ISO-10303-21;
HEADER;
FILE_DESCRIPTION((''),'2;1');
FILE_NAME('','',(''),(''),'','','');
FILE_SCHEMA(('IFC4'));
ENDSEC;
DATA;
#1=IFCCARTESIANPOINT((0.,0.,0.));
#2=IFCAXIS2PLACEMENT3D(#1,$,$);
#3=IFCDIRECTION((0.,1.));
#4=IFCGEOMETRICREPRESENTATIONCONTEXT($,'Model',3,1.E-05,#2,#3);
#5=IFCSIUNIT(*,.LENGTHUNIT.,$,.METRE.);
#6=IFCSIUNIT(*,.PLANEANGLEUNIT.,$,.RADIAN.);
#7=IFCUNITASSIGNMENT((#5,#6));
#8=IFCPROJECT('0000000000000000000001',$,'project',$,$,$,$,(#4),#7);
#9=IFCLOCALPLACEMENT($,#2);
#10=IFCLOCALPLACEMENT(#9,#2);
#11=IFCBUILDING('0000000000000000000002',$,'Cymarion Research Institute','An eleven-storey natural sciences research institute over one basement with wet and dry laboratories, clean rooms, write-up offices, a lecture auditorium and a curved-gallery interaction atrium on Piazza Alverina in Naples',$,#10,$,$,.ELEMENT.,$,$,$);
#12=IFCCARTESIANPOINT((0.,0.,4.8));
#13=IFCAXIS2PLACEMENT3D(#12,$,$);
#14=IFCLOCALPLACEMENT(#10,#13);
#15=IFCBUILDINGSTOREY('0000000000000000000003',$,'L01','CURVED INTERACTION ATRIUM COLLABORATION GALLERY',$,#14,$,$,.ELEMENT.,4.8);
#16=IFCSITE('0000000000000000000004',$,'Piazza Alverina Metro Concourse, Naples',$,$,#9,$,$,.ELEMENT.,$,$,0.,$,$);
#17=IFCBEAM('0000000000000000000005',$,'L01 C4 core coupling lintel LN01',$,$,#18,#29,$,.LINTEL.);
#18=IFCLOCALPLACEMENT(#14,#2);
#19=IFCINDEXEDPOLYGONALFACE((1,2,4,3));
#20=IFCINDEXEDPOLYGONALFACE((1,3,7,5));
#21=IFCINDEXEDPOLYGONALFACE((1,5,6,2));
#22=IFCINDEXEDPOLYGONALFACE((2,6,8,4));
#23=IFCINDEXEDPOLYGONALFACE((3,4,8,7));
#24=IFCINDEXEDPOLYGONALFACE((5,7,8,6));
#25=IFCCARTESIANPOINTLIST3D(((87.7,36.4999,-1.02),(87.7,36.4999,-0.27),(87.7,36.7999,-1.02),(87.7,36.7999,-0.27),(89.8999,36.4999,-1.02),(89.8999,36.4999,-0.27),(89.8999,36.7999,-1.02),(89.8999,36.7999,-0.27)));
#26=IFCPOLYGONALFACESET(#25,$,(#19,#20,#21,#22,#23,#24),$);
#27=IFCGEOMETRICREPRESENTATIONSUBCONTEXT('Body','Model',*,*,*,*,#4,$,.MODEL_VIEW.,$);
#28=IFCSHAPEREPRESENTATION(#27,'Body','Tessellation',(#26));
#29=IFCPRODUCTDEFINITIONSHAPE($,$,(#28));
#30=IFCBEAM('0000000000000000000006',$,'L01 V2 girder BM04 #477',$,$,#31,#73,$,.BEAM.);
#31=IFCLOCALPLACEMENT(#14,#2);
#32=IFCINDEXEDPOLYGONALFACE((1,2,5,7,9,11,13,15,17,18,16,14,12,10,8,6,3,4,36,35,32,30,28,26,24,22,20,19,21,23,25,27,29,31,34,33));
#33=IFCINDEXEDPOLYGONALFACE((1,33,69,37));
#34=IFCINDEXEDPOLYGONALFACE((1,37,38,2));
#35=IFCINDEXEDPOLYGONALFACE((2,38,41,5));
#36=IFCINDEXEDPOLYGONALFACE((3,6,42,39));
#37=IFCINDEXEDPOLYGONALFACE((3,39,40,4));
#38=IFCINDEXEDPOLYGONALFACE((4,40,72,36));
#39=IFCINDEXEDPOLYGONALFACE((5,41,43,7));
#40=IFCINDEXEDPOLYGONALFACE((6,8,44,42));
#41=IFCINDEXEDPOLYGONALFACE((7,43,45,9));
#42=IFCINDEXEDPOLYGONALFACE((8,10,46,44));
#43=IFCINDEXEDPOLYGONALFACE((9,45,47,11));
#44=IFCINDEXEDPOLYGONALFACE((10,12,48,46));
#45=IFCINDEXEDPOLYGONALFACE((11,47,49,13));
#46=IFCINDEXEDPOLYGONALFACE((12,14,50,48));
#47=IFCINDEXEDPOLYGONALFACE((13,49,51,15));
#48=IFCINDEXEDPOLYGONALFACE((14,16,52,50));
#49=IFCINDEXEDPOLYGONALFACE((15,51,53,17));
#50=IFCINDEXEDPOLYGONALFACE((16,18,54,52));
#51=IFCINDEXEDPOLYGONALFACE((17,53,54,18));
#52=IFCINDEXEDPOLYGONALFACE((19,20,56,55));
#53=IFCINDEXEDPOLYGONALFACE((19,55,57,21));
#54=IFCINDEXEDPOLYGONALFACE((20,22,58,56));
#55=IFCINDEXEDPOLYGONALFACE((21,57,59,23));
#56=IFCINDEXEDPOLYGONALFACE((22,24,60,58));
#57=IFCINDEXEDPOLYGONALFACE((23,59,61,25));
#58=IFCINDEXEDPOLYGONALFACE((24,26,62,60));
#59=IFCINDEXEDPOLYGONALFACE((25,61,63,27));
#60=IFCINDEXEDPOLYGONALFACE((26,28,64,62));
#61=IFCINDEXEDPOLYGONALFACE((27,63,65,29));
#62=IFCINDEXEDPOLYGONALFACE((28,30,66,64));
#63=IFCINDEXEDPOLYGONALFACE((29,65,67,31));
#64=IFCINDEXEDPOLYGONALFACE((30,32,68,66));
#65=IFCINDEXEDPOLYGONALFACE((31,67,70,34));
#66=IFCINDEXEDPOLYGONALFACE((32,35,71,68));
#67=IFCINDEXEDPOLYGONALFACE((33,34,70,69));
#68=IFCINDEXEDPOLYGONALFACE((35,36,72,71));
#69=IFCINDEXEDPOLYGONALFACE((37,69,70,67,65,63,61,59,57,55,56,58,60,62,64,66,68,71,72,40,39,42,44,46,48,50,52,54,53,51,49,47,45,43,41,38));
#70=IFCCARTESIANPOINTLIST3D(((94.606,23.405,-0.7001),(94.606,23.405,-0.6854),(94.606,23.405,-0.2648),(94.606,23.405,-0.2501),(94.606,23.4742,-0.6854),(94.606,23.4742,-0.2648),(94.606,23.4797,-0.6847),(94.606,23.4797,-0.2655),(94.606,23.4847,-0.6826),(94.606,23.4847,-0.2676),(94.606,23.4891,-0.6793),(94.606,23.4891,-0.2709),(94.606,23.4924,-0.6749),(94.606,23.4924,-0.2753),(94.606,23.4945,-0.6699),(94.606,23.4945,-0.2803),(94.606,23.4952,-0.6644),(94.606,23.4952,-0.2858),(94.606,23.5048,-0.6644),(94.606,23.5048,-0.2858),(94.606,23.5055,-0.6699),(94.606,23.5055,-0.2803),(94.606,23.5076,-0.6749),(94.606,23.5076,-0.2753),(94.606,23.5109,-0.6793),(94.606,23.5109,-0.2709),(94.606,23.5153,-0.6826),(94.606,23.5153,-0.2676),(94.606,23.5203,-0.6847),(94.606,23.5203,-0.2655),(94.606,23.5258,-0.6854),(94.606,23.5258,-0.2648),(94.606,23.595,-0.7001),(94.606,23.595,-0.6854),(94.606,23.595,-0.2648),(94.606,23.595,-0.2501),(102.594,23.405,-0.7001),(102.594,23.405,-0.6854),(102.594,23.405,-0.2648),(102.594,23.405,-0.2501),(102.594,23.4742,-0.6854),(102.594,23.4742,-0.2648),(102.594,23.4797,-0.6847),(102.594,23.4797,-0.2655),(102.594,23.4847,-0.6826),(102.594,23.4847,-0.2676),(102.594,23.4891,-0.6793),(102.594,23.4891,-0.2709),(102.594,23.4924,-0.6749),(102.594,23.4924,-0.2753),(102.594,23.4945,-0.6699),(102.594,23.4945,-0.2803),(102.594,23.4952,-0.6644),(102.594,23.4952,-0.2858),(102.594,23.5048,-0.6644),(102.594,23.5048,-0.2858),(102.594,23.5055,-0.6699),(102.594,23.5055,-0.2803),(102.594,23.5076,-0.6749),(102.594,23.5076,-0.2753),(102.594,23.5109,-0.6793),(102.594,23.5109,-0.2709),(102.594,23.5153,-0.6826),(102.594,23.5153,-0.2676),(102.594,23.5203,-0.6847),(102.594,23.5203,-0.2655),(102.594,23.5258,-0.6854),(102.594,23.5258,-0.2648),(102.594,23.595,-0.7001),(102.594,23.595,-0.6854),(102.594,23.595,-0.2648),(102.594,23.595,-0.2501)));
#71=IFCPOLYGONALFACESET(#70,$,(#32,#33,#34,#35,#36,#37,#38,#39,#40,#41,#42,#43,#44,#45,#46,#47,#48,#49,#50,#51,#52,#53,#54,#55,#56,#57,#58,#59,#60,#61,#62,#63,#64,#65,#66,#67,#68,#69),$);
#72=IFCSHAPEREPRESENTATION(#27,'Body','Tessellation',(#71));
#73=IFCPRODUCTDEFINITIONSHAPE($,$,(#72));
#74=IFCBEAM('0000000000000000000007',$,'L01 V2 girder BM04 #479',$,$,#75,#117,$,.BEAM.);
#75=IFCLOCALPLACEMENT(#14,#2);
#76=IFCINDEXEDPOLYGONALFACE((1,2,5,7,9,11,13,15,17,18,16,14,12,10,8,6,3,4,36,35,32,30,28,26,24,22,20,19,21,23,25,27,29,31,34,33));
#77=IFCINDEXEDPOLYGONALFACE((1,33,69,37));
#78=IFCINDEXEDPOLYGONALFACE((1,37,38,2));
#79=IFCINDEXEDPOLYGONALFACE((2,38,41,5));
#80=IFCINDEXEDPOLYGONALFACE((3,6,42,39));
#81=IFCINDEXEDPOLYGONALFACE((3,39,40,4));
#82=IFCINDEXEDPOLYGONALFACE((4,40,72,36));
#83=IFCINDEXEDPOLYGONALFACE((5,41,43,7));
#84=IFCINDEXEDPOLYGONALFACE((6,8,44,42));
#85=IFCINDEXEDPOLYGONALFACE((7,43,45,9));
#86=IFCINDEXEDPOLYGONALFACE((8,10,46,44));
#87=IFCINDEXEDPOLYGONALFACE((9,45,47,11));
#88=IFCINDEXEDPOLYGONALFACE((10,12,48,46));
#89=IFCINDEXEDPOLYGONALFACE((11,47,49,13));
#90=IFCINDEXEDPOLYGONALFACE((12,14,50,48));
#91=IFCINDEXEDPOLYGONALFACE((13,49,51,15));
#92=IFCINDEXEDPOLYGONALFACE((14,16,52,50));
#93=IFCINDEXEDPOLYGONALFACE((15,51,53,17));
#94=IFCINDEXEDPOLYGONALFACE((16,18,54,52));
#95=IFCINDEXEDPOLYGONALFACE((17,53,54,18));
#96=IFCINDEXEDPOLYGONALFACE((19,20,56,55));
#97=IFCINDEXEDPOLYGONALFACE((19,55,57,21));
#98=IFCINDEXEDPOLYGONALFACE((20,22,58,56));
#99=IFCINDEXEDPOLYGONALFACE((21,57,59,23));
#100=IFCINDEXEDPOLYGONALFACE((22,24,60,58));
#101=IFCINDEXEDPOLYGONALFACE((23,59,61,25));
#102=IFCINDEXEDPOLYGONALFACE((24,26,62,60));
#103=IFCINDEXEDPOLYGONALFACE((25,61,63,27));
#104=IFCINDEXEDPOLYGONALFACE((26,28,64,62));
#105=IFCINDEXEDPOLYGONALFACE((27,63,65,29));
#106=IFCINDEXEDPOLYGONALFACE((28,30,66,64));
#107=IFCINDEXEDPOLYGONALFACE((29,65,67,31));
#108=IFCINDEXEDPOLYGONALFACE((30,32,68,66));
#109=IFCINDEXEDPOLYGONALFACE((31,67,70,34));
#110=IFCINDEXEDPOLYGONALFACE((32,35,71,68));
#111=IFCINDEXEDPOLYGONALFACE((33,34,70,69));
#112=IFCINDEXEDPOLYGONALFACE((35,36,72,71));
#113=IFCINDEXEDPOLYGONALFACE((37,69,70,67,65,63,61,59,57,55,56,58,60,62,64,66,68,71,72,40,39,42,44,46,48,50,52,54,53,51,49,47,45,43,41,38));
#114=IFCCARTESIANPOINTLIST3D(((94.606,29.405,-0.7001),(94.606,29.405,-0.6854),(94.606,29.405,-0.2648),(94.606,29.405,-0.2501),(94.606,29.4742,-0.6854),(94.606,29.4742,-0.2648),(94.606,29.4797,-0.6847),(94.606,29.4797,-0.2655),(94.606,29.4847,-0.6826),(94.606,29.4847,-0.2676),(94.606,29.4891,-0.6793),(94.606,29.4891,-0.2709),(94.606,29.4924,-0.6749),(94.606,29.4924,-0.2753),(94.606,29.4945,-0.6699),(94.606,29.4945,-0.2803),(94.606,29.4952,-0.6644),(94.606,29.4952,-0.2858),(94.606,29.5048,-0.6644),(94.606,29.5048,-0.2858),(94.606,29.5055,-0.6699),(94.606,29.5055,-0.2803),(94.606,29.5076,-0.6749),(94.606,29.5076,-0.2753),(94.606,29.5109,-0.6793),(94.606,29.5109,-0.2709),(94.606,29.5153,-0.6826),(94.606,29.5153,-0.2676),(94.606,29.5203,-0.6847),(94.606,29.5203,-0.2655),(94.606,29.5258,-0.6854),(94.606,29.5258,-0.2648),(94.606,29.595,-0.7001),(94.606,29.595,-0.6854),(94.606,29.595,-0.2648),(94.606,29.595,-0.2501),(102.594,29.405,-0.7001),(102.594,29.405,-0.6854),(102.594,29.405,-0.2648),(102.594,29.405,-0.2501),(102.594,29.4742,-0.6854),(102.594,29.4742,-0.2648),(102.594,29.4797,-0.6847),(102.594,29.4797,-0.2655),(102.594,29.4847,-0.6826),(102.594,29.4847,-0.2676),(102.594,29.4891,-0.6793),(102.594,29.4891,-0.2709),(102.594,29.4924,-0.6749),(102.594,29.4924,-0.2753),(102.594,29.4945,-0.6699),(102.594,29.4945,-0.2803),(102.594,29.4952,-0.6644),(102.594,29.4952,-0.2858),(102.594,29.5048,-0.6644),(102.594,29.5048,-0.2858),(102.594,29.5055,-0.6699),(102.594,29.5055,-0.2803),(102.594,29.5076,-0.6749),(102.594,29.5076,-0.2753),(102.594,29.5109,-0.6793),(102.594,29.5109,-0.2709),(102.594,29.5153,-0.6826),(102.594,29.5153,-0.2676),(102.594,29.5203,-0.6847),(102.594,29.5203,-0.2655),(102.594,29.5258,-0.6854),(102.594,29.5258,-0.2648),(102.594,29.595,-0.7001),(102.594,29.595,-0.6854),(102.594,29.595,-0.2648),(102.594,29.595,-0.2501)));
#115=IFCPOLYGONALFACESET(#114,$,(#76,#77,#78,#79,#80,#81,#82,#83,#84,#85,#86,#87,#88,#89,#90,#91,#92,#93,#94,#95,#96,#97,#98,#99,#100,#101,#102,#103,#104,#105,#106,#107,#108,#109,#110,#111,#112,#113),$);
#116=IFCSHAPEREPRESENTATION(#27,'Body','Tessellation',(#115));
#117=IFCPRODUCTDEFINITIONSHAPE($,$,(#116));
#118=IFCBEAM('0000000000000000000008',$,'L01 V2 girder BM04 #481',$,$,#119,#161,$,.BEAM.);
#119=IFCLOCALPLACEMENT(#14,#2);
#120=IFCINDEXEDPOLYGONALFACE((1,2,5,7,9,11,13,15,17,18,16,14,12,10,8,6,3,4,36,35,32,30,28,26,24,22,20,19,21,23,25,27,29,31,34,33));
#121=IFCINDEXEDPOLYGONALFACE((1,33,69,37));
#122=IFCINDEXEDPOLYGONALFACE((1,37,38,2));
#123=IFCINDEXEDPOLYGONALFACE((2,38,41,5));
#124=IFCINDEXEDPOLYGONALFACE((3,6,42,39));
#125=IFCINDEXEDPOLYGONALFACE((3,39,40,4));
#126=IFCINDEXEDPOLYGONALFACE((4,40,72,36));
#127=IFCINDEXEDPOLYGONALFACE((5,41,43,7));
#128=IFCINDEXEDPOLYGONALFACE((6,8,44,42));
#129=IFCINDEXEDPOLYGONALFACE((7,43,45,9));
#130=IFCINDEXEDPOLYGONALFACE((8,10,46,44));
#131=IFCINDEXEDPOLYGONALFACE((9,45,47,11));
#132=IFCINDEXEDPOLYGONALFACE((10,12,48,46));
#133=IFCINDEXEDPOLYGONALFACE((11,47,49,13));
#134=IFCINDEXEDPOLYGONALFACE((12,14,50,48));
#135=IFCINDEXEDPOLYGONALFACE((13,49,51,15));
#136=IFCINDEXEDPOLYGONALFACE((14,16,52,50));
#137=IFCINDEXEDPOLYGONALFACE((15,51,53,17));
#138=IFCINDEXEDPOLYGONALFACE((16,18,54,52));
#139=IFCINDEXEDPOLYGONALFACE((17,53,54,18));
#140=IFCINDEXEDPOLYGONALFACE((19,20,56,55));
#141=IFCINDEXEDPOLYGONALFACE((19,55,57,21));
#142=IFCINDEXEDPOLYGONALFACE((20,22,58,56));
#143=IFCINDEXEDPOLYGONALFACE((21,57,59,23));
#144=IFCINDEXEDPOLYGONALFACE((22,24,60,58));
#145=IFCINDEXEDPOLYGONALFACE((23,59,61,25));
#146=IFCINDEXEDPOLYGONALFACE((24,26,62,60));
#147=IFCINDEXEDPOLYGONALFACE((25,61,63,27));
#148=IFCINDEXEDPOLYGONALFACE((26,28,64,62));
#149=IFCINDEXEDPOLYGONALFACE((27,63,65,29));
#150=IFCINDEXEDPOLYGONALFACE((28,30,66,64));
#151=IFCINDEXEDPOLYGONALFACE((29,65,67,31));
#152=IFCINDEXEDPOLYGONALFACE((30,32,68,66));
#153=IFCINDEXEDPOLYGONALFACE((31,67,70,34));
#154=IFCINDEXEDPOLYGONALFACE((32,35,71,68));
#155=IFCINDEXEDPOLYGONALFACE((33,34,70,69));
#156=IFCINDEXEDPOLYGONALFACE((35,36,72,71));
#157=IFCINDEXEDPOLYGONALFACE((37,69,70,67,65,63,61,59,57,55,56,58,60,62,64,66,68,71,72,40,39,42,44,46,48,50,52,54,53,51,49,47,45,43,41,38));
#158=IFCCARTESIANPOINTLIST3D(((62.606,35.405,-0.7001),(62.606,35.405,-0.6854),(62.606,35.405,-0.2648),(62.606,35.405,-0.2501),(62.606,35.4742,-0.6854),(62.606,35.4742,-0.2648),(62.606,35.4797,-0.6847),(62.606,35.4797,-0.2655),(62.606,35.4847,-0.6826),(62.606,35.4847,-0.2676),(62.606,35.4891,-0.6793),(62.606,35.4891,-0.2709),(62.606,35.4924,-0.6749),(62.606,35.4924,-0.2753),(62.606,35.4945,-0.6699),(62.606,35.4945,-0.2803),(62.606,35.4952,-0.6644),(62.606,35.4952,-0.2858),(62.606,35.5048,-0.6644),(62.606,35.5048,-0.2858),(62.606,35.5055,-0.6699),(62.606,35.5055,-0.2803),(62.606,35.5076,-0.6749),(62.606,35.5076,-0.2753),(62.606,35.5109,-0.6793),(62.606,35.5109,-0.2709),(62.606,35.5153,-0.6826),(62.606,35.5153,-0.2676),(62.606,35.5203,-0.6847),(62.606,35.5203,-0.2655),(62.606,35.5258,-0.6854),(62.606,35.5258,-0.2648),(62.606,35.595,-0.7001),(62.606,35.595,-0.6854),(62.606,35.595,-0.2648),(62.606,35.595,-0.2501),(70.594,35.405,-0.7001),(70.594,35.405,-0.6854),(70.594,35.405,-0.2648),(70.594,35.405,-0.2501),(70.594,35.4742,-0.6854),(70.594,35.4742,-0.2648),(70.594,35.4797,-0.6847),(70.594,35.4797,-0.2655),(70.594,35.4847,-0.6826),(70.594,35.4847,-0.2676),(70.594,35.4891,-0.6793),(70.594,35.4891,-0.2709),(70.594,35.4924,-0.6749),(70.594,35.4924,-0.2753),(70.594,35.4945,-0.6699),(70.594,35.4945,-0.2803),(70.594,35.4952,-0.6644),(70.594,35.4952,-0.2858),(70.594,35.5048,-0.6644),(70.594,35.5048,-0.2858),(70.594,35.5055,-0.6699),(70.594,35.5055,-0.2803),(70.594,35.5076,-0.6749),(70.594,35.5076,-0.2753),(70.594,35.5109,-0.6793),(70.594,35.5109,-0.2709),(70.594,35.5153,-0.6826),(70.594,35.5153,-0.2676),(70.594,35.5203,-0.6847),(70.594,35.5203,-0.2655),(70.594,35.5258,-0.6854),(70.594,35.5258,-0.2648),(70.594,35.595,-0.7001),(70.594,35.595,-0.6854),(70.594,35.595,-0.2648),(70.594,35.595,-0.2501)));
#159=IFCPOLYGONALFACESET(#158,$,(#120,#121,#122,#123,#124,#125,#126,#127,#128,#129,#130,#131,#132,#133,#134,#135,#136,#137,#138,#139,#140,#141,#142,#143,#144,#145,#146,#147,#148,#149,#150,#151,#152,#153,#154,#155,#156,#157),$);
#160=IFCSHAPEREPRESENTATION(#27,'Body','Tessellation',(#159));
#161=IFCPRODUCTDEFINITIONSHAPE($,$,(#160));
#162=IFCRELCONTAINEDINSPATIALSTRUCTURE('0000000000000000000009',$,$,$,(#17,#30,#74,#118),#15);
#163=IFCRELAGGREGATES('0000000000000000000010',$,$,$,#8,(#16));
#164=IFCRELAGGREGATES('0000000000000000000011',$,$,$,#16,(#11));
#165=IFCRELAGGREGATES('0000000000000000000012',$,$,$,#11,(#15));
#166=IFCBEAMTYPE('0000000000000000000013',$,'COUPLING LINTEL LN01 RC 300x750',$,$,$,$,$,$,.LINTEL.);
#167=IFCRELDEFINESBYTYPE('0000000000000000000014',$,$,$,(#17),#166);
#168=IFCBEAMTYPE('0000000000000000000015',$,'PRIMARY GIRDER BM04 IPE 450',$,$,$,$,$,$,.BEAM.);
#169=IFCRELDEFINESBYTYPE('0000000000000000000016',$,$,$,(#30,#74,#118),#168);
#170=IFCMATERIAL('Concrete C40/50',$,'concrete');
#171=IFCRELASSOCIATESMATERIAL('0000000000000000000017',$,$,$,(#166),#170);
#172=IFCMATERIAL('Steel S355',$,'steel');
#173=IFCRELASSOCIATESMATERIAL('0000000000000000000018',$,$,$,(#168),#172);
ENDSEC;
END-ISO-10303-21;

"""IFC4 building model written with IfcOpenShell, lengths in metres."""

from ifc_helpers import new_model, si_unit, direction, frame, origin, origin_2d, place, context, subcontext, project, spatial, rectangle, i_section, extrude, material, material_profile, profile_set, type_object, element, save


model = new_model("IFC4")

# Units and contexts
model_context = context("Model", 3, precision=1e-05, world=origin(), true_north=direction((0.0, 1.0)))
body_context = subcontext(model_context, "Body", "Model", "MODEL_VIEW")
ifc_project = project(units=[si_unit("LENGTHUNIT", "METRE"), si_unit("PLANEANGLEUNIT", "RADIAN")], contexts=[model_context])

# Site, building, storey
site_placement = place(None, origin())
site = spatial("IfcSite", under=ifc_project, at=site_placement, Name="Piazza Alverina Metro Concourse, Naples", CompositionType="ELEMENT", RefElevation=0.0)
building_placement = place(site_placement, origin())
building = spatial("IfcBuilding", under=site, at=building_placement, Name="Cymarion Research Institute", Description="An eleven-storey natural sciences research institute over one basement with wet and dry laboratories, clean rooms, write-up offices, a lecture auditorium and a curved-gallery interaction atrium on Piazza Alverina in Naples", CompositionType="ELEMENT")
storey_placement = place(building_placement, frame((0.0, 0.0, 4.8)))
storey = spatial("IfcBuildingStorey", under=building, at=storey_placement, Name="L01", Description="CURVED INTERACTION ATRIUM COLLABORATION GALLERY", CompositionType="ELEMENT", Elevation=4.8)

# Shared definitions
ifc_material_1 = material(Name="Steel S355", Category="steel")

# Beams
ifc_material_2 = material(Name="Concrete C40/50", Category="concrete")
ifc_material_profile_1 = material_profile(ifc_material_2, rectangle(XDim=0.3, YDim=0.75, at=origin_2d()), Name="RC 300x750")
ifc_profile_set_1 = profile_set([ifc_material_profile_1], Name="Concrete C40/50")
beam_type_1 = type_object("IfcBeamType", Name="COUPLING LINTEL LN01 RC 300x750", PredefinedType="LINTEL", material=ifc_profile_set_1)
beam_1_placement = place(storey_placement, frame((87.7, 36.6499, -0.645), z_axis=(1.0, 0.0, 0.0), x_axis=(0.0, 1.0, 0.0)))
element("IfcBeam", 1, at=beam_1_placement, inside=storey, type_object=beam_type_1, Name="L01 C4 core coupling lintel LN01", PredefinedType="LINTEL", context=body_context, shape_type="SweptSolid", body=[
    extrude(rectangle(XDim=0.3, YDim=0.75, at=origin_2d()), origin(), (0.0, 0.0, 1.0), 2.2),
])
ifc_material_profile_2 = material_profile(ifc_material_1, i_section(OverallWidth=0.1899, OverallDepth=0.45, WebThickness=0.0095, FlangeThickness=0.0146, FilletRadius=0.021, at=origin_2d()), Name="IPE 450")
ifc_profile_set_2 = profile_set([ifc_material_profile_2], Name="Steel S355")
beam_type_2 = type_object("IfcBeamType", Name="PRIMARY GIRDER BM04 IPE 450", PredefinedType="BEAM", material=ifc_profile_set_2)
for number, where, z_axis, x_axis, name in (
    (2, (94.606, 23.5, -0.4751), (1.0, 0.0, 0.0), (0.0, 1.0, 0.0), "L01 V2 girder BM04 #477"),
    (3, (94.606, 29.5, -0.4751), (1.0, 0.0, 0.0), (0.0, 1.0, 0.0), "L01 V2 girder BM04 #479"),
    (4, (62.606, 35.5, -0.4751), (1.0, 0.0, 0.0), (0.0, 1.0, 0.0), "L01 V2 girder BM04 #481"),
):
    element("IfcBeam", number, at=place(storey_placement, frame(where, z_axis=z_axis, x_axis=x_axis)), inside=storey, type_object=beam_type_2, Name=name, PredefinedType="BEAM", context=body_context, shape_type="SweptSolid", body=[
        extrude(i_section(OverallWidth=0.1899, OverallDepth=0.45, WebThickness=0.0095, FlangeThickness=0.0146, FilletRadius=0.021, at=origin_2d()), origin(), (0.0, 0.0, 1.0), 7.988),
    ])

save(model, "model.ifc")
